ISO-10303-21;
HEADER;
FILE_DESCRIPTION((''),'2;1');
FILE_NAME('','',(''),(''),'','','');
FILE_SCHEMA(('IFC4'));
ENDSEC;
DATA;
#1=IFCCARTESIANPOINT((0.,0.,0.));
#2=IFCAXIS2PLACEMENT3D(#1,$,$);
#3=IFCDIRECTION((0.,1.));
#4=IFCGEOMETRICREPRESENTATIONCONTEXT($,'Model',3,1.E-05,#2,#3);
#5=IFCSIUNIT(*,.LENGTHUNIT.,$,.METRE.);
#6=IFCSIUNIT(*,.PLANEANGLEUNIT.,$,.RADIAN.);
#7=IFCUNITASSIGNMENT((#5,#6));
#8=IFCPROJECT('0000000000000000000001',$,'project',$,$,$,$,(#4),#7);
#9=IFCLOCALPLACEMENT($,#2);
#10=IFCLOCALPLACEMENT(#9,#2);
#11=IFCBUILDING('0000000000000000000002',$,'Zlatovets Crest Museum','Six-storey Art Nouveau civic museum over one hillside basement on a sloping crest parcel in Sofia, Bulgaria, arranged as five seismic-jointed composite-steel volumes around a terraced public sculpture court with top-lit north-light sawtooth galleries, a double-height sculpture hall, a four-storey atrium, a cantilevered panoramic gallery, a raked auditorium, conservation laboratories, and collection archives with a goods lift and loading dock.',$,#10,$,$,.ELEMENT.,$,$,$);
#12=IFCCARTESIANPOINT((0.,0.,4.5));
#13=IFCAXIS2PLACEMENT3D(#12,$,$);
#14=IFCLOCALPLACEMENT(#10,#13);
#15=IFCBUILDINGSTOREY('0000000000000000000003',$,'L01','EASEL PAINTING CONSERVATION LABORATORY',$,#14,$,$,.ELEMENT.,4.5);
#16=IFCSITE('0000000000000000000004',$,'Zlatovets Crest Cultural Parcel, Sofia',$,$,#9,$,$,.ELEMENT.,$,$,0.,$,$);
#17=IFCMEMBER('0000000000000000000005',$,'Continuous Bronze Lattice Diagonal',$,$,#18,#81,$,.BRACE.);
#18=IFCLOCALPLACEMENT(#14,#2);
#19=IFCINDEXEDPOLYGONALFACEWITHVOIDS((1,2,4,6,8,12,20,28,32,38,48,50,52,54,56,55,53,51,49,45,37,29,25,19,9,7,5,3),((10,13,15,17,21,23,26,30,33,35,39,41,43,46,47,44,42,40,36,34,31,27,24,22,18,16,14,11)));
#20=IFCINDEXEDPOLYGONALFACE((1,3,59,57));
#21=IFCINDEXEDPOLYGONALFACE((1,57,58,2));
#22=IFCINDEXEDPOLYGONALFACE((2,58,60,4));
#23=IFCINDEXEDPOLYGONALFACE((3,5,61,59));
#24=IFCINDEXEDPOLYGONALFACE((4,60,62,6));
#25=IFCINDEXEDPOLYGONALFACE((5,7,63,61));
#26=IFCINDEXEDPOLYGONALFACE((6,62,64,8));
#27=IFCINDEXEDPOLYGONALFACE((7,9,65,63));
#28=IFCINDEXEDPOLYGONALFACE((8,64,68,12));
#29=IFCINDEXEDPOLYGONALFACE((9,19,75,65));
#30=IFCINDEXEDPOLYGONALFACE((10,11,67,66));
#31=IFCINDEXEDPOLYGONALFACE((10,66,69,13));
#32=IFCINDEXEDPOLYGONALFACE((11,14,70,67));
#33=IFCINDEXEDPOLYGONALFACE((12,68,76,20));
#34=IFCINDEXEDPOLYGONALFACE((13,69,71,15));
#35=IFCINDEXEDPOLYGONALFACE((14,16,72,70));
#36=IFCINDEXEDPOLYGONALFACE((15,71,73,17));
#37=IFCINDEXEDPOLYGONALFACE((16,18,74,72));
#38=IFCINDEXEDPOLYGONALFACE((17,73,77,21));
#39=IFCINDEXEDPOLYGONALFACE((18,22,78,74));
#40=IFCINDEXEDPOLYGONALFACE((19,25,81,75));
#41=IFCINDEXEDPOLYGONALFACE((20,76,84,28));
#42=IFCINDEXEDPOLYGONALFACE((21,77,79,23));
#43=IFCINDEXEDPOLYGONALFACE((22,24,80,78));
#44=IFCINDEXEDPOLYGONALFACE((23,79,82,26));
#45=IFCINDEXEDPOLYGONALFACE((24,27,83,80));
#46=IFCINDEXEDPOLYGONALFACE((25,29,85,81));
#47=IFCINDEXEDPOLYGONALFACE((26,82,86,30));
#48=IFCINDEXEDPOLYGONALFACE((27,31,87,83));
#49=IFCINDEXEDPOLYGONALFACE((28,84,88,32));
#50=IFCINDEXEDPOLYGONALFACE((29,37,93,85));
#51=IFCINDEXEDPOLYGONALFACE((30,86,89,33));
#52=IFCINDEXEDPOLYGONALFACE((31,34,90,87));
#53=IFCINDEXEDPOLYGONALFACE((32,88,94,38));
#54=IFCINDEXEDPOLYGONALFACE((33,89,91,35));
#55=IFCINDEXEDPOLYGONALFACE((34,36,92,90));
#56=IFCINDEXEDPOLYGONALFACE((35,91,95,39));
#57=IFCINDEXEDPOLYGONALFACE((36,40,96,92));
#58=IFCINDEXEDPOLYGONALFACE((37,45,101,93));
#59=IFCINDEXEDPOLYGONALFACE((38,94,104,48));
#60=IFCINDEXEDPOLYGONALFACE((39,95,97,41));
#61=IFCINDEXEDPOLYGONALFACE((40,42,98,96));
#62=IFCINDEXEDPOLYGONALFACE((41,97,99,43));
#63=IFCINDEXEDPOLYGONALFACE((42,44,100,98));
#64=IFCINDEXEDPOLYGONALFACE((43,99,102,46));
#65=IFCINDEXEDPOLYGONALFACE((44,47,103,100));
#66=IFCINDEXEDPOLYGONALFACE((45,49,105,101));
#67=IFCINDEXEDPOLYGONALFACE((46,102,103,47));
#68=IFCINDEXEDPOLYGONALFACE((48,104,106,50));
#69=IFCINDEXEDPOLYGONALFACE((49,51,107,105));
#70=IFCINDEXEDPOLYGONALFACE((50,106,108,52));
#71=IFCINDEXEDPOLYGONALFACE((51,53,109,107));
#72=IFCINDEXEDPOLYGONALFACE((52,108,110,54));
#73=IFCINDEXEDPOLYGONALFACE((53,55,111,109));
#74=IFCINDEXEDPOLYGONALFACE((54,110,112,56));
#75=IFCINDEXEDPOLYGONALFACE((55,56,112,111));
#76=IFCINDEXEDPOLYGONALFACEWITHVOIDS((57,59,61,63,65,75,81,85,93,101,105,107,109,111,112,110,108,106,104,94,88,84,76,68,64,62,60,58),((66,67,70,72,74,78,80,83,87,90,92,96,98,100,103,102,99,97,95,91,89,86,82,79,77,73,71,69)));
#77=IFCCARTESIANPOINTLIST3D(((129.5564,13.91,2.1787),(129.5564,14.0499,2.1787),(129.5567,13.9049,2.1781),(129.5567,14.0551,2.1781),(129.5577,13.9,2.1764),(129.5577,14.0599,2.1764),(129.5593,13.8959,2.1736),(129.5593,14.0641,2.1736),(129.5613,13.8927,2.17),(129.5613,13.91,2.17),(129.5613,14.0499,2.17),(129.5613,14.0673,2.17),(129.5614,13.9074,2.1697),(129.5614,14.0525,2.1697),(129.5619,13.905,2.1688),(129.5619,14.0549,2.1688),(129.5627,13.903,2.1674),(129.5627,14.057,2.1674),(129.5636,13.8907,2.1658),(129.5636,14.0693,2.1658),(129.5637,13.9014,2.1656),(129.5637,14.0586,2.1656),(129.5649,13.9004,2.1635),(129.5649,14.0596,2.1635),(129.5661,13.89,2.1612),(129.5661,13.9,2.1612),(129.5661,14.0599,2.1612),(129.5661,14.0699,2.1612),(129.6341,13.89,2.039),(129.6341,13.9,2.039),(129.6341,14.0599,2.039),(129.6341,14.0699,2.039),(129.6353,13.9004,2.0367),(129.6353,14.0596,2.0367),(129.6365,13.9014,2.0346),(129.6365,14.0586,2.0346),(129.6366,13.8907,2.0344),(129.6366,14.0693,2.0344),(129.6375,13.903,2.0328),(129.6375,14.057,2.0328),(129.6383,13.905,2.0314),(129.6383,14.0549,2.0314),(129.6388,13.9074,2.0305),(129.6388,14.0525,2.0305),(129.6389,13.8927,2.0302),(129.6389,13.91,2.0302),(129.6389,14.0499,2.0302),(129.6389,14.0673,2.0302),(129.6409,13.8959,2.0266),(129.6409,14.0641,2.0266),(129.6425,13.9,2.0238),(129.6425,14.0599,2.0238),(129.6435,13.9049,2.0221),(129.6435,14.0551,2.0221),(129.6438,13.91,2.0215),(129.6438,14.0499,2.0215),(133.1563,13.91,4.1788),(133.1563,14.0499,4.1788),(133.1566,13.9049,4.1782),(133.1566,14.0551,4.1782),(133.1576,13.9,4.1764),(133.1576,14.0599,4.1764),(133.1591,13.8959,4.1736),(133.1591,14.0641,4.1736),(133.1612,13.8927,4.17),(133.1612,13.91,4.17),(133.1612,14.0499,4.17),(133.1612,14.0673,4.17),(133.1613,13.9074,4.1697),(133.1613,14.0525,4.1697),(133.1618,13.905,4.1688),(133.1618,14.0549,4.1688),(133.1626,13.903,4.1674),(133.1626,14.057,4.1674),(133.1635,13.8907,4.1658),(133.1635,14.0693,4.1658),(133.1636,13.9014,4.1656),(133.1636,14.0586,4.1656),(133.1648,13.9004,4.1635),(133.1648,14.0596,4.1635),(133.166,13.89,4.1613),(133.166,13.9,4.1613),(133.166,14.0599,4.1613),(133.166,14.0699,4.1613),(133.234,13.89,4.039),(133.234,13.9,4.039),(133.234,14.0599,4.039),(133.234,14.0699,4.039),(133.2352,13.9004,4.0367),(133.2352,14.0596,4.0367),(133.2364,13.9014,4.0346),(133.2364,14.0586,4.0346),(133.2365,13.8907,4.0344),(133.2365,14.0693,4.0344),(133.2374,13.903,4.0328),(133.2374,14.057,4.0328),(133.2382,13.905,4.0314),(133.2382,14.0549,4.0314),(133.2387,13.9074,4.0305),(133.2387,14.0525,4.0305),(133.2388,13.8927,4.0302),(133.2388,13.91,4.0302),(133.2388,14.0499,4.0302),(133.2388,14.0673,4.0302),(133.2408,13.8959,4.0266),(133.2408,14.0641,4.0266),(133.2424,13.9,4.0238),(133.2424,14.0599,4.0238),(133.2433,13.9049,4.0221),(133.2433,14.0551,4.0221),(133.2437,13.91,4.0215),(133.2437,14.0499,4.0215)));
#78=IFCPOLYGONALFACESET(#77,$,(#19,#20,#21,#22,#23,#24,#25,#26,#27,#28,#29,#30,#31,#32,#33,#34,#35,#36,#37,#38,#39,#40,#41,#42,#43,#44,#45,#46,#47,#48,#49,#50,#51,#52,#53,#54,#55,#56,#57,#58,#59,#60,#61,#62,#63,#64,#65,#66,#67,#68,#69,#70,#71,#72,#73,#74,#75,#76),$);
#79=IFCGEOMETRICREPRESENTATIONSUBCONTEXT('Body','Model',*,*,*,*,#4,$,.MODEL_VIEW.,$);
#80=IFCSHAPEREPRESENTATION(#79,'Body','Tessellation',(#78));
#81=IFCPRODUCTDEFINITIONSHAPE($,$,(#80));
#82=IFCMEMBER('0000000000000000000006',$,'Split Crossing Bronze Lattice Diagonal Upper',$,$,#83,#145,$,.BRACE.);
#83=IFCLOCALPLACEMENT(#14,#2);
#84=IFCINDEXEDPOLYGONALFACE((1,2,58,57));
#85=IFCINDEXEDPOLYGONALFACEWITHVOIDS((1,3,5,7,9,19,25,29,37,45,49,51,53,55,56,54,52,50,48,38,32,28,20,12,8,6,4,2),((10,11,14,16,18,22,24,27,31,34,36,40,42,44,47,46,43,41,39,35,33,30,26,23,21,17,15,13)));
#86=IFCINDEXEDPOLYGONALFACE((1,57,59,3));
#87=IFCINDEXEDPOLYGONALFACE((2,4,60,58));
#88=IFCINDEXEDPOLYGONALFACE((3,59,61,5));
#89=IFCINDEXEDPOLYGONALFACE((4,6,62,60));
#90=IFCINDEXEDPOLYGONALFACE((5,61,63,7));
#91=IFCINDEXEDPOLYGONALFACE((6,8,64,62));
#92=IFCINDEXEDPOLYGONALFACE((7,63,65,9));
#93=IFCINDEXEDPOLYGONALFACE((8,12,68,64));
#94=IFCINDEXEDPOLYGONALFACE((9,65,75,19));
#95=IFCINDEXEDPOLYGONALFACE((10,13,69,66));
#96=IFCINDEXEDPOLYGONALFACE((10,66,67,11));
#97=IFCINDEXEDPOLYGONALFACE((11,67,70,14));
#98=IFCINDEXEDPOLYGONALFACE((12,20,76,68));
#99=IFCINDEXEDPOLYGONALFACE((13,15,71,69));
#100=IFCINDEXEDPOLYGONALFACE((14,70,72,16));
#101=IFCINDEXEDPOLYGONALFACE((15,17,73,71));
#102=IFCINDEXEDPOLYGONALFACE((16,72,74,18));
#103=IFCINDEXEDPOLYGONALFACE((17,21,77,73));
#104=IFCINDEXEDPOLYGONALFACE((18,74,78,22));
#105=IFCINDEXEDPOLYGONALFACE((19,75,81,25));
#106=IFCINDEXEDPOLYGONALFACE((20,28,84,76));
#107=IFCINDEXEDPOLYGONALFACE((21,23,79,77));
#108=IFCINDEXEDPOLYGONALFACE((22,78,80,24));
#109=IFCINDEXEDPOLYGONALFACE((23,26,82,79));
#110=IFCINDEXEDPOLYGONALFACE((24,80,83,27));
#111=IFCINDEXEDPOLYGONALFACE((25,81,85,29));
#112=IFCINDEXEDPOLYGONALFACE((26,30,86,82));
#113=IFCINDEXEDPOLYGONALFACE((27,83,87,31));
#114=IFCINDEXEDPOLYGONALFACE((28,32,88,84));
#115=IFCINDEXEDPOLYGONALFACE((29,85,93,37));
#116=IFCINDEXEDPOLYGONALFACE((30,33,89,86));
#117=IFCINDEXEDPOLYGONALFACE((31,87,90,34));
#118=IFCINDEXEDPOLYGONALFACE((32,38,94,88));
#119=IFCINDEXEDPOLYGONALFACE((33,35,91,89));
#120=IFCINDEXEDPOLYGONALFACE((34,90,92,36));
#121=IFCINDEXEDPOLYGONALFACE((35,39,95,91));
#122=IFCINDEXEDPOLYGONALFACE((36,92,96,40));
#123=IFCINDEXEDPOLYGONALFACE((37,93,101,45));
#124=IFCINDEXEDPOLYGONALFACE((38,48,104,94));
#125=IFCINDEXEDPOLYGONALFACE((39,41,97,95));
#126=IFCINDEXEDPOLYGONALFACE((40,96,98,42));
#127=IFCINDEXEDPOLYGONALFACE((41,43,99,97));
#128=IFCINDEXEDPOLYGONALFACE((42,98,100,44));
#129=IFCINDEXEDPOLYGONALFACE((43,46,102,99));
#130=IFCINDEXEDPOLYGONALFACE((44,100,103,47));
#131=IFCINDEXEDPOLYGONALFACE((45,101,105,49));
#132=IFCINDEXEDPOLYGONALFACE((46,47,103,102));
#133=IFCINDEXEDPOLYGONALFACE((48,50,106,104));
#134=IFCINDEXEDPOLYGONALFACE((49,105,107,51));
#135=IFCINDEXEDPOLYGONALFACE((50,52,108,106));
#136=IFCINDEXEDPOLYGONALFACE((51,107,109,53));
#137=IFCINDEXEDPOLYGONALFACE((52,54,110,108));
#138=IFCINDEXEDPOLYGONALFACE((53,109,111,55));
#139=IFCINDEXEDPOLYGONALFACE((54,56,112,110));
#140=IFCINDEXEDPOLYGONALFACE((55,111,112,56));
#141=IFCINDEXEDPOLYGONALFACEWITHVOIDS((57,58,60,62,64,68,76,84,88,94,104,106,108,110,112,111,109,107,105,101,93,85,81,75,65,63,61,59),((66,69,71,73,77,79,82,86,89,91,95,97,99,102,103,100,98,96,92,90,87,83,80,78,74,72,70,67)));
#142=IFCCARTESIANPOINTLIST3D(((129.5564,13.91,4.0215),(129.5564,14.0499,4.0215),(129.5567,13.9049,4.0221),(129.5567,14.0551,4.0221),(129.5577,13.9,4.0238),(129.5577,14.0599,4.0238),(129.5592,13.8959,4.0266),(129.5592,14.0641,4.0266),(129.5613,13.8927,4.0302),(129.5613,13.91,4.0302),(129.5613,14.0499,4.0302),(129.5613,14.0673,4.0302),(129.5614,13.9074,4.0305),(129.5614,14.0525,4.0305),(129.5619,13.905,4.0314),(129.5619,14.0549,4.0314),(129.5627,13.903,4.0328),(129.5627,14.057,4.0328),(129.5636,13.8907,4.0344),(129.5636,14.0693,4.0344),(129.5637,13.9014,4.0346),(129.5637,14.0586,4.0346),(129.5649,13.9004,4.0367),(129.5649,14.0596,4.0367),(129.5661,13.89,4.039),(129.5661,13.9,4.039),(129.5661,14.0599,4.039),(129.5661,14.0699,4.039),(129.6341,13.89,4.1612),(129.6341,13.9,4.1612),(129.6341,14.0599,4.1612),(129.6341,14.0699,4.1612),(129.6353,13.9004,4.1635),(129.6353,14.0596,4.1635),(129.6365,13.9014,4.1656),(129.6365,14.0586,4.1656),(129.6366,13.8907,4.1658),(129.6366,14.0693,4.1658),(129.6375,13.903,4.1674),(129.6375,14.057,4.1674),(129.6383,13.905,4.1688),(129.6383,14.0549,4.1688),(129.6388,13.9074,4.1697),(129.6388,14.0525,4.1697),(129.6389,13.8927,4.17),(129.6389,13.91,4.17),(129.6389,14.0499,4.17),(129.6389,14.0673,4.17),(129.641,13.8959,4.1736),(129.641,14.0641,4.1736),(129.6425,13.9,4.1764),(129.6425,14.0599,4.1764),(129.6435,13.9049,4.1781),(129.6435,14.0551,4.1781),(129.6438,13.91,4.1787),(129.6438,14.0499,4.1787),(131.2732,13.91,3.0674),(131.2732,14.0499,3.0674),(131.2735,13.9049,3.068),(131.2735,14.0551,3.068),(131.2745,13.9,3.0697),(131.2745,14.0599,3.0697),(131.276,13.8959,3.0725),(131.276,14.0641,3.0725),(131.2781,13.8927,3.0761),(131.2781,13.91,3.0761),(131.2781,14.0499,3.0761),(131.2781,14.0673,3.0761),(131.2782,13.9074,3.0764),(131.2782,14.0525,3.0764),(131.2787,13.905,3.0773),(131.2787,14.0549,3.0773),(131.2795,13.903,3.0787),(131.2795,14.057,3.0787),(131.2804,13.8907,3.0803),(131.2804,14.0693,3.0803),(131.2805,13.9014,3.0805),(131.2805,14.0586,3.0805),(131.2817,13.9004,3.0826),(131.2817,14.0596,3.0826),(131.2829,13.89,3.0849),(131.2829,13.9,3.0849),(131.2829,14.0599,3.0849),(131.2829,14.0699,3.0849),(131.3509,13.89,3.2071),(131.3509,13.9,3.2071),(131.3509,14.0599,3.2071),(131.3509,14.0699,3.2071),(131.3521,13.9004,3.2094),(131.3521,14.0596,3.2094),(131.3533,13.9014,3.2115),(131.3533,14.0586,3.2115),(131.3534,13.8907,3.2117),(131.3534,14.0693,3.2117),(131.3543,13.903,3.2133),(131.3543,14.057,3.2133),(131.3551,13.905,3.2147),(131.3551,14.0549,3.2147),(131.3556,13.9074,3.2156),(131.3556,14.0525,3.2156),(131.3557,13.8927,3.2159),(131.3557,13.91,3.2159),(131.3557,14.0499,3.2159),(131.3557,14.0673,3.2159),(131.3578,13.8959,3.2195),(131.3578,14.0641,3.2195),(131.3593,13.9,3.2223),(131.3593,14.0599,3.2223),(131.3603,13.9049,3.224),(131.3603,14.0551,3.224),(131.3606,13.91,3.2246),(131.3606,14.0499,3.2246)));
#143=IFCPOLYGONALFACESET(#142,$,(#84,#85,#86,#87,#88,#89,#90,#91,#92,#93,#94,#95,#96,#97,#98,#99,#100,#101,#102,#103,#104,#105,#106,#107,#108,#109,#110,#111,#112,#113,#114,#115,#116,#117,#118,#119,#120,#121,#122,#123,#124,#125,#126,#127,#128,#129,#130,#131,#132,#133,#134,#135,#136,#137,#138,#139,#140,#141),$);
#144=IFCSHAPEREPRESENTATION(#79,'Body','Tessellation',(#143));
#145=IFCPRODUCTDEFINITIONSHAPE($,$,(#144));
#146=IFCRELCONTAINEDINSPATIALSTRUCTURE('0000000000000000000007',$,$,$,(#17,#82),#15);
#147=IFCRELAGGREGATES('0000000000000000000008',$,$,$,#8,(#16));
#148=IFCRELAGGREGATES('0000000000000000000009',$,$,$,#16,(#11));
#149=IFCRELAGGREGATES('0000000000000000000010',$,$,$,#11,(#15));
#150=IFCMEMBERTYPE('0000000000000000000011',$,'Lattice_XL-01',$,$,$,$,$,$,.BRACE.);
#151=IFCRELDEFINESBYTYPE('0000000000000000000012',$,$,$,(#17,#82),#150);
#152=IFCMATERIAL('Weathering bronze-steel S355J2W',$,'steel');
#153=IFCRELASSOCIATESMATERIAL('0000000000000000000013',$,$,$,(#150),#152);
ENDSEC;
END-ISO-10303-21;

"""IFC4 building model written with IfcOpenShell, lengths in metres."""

from ifc_helpers import new_model, si_unit, direction, frame, origin, origin_2d, place, context, subcontext, project, spatial, hollow_rectangle, extrude, material, material_profile, profile_set, type_object, element, save


model = new_model("IFC4")

# Units and contexts
model_context = context("Model", 3, precision=1e-05, world=origin(), true_north=direction((0.0, 1.0)))
body_context = subcontext(model_context, "Body", "Model", "MODEL_VIEW")
ifc_project = project(units=[si_unit("LENGTHUNIT", "METRE"), si_unit("PLANEANGLEUNIT", "RADIAN")], contexts=[model_context])

# Site, building, storey
site_placement = place(None, origin())
site = spatial("IfcSite", under=ifc_project, at=site_placement, Name="Zlatovets Crest Cultural Parcel, Sofia", CompositionType="ELEMENT", RefElevation=0.0)
building_placement = place(site_placement, origin())
building = spatial("IfcBuilding", under=site, at=building_placement, Name="Zlatovets Crest Museum", Description="Six-storey Art Nouveau civic museum over one hillside basement on a sloping crest parcel in Sofia, Bulgaria, arranged as five seismic-jointed composite-steel volumes around a terraced public sculpture court with top-lit north-light sawtooth galleries, a double-height sculpture hall, a four-storey atrium, a cantilevered panoramic gallery, a raked auditorium, conservation laboratories, and collection archives with a goods lift and loading dock.", CompositionType="ELEMENT")
storey_placement = place(building_placement, frame((0.0, 0.0, 4.5)))
storey = spatial("IfcBuildingStorey", under=building, at=storey_placement, Name="L01", Description="EASEL PAINTING CONSERVATION LABORATORY", CompositionType="ELEMENT", Elevation=4.5)

# Members
ifc_material_1 = material(Name="Weathering bronze-steel S355J2W", Category="steel")
ifc_material_profile_1 = material_profile(ifc_material_1, hollow_rectangle(XDim=0.1799, YDim=0.1799, WallThickness=0.01, InnerFilletRadius=0.01, OuterFilletRadius=0.02, at=origin_2d()), Name="SHS 180x180x10.0")
ifc_profile_set_1 = profile_set([ifc_material_profile_1], Name="Weathering bronze-steel S355J2W")
member_type_1 = type_object("IfcMemberType", Name="Lattice_XL-01", PredefinedType="BRACE", material=ifc_profile_set_1)
member_1_placement = place(storey_placement, frame((129.6001, 13.98, 2.1001), z_axis=(0.874149, 0.0, 0.485658), x_axis=(0.0, 1.0, 0.0)))
element("IfcMember", 1, at=member_1_placement, inside=storey, type_object=member_type_1, Name="Continuous Bronze Lattice Diagonal", PredefinedType="BRACE", context=body_context, shape_type="SweptSolid", body=[
    extrude(hollow_rectangle(XDim=0.1799, YDim=0.1799, WallThickness=0.01, InnerFilletRadius=0.01, OuterFilletRadius=0.02, at=origin_2d()), origin(), (0.0, 0.0, 1.0), 4.1182),
])
for number, where, z_axis, x_axis, name in (
    (2, (129.6001, 13.98, 4.1001), (0.874087, 0.0, -0.48577), (0.0, 1.0, 0.0), "Split Crossing Bronze Lattice Diagonal Upper"),
):
    element("IfcMember", number, at=place(storey_placement, frame(where, z_axis=z_axis, x_axis=x_axis)), inside=storey, type_object=member_type_1, Name=name, PredefinedType="BRACE", context=body_context, shape_type="SweptSolid", body=[
        extrude(hollow_rectangle(XDim=0.1799, YDim=0.1799, WallThickness=0.01, InnerFilletRadius=0.01, OuterFilletRadius=0.02, at=origin_2d()), origin(), (0.0, 0.0, 1.0), 1.9641),
    ])

save(model, "model.ifc")
